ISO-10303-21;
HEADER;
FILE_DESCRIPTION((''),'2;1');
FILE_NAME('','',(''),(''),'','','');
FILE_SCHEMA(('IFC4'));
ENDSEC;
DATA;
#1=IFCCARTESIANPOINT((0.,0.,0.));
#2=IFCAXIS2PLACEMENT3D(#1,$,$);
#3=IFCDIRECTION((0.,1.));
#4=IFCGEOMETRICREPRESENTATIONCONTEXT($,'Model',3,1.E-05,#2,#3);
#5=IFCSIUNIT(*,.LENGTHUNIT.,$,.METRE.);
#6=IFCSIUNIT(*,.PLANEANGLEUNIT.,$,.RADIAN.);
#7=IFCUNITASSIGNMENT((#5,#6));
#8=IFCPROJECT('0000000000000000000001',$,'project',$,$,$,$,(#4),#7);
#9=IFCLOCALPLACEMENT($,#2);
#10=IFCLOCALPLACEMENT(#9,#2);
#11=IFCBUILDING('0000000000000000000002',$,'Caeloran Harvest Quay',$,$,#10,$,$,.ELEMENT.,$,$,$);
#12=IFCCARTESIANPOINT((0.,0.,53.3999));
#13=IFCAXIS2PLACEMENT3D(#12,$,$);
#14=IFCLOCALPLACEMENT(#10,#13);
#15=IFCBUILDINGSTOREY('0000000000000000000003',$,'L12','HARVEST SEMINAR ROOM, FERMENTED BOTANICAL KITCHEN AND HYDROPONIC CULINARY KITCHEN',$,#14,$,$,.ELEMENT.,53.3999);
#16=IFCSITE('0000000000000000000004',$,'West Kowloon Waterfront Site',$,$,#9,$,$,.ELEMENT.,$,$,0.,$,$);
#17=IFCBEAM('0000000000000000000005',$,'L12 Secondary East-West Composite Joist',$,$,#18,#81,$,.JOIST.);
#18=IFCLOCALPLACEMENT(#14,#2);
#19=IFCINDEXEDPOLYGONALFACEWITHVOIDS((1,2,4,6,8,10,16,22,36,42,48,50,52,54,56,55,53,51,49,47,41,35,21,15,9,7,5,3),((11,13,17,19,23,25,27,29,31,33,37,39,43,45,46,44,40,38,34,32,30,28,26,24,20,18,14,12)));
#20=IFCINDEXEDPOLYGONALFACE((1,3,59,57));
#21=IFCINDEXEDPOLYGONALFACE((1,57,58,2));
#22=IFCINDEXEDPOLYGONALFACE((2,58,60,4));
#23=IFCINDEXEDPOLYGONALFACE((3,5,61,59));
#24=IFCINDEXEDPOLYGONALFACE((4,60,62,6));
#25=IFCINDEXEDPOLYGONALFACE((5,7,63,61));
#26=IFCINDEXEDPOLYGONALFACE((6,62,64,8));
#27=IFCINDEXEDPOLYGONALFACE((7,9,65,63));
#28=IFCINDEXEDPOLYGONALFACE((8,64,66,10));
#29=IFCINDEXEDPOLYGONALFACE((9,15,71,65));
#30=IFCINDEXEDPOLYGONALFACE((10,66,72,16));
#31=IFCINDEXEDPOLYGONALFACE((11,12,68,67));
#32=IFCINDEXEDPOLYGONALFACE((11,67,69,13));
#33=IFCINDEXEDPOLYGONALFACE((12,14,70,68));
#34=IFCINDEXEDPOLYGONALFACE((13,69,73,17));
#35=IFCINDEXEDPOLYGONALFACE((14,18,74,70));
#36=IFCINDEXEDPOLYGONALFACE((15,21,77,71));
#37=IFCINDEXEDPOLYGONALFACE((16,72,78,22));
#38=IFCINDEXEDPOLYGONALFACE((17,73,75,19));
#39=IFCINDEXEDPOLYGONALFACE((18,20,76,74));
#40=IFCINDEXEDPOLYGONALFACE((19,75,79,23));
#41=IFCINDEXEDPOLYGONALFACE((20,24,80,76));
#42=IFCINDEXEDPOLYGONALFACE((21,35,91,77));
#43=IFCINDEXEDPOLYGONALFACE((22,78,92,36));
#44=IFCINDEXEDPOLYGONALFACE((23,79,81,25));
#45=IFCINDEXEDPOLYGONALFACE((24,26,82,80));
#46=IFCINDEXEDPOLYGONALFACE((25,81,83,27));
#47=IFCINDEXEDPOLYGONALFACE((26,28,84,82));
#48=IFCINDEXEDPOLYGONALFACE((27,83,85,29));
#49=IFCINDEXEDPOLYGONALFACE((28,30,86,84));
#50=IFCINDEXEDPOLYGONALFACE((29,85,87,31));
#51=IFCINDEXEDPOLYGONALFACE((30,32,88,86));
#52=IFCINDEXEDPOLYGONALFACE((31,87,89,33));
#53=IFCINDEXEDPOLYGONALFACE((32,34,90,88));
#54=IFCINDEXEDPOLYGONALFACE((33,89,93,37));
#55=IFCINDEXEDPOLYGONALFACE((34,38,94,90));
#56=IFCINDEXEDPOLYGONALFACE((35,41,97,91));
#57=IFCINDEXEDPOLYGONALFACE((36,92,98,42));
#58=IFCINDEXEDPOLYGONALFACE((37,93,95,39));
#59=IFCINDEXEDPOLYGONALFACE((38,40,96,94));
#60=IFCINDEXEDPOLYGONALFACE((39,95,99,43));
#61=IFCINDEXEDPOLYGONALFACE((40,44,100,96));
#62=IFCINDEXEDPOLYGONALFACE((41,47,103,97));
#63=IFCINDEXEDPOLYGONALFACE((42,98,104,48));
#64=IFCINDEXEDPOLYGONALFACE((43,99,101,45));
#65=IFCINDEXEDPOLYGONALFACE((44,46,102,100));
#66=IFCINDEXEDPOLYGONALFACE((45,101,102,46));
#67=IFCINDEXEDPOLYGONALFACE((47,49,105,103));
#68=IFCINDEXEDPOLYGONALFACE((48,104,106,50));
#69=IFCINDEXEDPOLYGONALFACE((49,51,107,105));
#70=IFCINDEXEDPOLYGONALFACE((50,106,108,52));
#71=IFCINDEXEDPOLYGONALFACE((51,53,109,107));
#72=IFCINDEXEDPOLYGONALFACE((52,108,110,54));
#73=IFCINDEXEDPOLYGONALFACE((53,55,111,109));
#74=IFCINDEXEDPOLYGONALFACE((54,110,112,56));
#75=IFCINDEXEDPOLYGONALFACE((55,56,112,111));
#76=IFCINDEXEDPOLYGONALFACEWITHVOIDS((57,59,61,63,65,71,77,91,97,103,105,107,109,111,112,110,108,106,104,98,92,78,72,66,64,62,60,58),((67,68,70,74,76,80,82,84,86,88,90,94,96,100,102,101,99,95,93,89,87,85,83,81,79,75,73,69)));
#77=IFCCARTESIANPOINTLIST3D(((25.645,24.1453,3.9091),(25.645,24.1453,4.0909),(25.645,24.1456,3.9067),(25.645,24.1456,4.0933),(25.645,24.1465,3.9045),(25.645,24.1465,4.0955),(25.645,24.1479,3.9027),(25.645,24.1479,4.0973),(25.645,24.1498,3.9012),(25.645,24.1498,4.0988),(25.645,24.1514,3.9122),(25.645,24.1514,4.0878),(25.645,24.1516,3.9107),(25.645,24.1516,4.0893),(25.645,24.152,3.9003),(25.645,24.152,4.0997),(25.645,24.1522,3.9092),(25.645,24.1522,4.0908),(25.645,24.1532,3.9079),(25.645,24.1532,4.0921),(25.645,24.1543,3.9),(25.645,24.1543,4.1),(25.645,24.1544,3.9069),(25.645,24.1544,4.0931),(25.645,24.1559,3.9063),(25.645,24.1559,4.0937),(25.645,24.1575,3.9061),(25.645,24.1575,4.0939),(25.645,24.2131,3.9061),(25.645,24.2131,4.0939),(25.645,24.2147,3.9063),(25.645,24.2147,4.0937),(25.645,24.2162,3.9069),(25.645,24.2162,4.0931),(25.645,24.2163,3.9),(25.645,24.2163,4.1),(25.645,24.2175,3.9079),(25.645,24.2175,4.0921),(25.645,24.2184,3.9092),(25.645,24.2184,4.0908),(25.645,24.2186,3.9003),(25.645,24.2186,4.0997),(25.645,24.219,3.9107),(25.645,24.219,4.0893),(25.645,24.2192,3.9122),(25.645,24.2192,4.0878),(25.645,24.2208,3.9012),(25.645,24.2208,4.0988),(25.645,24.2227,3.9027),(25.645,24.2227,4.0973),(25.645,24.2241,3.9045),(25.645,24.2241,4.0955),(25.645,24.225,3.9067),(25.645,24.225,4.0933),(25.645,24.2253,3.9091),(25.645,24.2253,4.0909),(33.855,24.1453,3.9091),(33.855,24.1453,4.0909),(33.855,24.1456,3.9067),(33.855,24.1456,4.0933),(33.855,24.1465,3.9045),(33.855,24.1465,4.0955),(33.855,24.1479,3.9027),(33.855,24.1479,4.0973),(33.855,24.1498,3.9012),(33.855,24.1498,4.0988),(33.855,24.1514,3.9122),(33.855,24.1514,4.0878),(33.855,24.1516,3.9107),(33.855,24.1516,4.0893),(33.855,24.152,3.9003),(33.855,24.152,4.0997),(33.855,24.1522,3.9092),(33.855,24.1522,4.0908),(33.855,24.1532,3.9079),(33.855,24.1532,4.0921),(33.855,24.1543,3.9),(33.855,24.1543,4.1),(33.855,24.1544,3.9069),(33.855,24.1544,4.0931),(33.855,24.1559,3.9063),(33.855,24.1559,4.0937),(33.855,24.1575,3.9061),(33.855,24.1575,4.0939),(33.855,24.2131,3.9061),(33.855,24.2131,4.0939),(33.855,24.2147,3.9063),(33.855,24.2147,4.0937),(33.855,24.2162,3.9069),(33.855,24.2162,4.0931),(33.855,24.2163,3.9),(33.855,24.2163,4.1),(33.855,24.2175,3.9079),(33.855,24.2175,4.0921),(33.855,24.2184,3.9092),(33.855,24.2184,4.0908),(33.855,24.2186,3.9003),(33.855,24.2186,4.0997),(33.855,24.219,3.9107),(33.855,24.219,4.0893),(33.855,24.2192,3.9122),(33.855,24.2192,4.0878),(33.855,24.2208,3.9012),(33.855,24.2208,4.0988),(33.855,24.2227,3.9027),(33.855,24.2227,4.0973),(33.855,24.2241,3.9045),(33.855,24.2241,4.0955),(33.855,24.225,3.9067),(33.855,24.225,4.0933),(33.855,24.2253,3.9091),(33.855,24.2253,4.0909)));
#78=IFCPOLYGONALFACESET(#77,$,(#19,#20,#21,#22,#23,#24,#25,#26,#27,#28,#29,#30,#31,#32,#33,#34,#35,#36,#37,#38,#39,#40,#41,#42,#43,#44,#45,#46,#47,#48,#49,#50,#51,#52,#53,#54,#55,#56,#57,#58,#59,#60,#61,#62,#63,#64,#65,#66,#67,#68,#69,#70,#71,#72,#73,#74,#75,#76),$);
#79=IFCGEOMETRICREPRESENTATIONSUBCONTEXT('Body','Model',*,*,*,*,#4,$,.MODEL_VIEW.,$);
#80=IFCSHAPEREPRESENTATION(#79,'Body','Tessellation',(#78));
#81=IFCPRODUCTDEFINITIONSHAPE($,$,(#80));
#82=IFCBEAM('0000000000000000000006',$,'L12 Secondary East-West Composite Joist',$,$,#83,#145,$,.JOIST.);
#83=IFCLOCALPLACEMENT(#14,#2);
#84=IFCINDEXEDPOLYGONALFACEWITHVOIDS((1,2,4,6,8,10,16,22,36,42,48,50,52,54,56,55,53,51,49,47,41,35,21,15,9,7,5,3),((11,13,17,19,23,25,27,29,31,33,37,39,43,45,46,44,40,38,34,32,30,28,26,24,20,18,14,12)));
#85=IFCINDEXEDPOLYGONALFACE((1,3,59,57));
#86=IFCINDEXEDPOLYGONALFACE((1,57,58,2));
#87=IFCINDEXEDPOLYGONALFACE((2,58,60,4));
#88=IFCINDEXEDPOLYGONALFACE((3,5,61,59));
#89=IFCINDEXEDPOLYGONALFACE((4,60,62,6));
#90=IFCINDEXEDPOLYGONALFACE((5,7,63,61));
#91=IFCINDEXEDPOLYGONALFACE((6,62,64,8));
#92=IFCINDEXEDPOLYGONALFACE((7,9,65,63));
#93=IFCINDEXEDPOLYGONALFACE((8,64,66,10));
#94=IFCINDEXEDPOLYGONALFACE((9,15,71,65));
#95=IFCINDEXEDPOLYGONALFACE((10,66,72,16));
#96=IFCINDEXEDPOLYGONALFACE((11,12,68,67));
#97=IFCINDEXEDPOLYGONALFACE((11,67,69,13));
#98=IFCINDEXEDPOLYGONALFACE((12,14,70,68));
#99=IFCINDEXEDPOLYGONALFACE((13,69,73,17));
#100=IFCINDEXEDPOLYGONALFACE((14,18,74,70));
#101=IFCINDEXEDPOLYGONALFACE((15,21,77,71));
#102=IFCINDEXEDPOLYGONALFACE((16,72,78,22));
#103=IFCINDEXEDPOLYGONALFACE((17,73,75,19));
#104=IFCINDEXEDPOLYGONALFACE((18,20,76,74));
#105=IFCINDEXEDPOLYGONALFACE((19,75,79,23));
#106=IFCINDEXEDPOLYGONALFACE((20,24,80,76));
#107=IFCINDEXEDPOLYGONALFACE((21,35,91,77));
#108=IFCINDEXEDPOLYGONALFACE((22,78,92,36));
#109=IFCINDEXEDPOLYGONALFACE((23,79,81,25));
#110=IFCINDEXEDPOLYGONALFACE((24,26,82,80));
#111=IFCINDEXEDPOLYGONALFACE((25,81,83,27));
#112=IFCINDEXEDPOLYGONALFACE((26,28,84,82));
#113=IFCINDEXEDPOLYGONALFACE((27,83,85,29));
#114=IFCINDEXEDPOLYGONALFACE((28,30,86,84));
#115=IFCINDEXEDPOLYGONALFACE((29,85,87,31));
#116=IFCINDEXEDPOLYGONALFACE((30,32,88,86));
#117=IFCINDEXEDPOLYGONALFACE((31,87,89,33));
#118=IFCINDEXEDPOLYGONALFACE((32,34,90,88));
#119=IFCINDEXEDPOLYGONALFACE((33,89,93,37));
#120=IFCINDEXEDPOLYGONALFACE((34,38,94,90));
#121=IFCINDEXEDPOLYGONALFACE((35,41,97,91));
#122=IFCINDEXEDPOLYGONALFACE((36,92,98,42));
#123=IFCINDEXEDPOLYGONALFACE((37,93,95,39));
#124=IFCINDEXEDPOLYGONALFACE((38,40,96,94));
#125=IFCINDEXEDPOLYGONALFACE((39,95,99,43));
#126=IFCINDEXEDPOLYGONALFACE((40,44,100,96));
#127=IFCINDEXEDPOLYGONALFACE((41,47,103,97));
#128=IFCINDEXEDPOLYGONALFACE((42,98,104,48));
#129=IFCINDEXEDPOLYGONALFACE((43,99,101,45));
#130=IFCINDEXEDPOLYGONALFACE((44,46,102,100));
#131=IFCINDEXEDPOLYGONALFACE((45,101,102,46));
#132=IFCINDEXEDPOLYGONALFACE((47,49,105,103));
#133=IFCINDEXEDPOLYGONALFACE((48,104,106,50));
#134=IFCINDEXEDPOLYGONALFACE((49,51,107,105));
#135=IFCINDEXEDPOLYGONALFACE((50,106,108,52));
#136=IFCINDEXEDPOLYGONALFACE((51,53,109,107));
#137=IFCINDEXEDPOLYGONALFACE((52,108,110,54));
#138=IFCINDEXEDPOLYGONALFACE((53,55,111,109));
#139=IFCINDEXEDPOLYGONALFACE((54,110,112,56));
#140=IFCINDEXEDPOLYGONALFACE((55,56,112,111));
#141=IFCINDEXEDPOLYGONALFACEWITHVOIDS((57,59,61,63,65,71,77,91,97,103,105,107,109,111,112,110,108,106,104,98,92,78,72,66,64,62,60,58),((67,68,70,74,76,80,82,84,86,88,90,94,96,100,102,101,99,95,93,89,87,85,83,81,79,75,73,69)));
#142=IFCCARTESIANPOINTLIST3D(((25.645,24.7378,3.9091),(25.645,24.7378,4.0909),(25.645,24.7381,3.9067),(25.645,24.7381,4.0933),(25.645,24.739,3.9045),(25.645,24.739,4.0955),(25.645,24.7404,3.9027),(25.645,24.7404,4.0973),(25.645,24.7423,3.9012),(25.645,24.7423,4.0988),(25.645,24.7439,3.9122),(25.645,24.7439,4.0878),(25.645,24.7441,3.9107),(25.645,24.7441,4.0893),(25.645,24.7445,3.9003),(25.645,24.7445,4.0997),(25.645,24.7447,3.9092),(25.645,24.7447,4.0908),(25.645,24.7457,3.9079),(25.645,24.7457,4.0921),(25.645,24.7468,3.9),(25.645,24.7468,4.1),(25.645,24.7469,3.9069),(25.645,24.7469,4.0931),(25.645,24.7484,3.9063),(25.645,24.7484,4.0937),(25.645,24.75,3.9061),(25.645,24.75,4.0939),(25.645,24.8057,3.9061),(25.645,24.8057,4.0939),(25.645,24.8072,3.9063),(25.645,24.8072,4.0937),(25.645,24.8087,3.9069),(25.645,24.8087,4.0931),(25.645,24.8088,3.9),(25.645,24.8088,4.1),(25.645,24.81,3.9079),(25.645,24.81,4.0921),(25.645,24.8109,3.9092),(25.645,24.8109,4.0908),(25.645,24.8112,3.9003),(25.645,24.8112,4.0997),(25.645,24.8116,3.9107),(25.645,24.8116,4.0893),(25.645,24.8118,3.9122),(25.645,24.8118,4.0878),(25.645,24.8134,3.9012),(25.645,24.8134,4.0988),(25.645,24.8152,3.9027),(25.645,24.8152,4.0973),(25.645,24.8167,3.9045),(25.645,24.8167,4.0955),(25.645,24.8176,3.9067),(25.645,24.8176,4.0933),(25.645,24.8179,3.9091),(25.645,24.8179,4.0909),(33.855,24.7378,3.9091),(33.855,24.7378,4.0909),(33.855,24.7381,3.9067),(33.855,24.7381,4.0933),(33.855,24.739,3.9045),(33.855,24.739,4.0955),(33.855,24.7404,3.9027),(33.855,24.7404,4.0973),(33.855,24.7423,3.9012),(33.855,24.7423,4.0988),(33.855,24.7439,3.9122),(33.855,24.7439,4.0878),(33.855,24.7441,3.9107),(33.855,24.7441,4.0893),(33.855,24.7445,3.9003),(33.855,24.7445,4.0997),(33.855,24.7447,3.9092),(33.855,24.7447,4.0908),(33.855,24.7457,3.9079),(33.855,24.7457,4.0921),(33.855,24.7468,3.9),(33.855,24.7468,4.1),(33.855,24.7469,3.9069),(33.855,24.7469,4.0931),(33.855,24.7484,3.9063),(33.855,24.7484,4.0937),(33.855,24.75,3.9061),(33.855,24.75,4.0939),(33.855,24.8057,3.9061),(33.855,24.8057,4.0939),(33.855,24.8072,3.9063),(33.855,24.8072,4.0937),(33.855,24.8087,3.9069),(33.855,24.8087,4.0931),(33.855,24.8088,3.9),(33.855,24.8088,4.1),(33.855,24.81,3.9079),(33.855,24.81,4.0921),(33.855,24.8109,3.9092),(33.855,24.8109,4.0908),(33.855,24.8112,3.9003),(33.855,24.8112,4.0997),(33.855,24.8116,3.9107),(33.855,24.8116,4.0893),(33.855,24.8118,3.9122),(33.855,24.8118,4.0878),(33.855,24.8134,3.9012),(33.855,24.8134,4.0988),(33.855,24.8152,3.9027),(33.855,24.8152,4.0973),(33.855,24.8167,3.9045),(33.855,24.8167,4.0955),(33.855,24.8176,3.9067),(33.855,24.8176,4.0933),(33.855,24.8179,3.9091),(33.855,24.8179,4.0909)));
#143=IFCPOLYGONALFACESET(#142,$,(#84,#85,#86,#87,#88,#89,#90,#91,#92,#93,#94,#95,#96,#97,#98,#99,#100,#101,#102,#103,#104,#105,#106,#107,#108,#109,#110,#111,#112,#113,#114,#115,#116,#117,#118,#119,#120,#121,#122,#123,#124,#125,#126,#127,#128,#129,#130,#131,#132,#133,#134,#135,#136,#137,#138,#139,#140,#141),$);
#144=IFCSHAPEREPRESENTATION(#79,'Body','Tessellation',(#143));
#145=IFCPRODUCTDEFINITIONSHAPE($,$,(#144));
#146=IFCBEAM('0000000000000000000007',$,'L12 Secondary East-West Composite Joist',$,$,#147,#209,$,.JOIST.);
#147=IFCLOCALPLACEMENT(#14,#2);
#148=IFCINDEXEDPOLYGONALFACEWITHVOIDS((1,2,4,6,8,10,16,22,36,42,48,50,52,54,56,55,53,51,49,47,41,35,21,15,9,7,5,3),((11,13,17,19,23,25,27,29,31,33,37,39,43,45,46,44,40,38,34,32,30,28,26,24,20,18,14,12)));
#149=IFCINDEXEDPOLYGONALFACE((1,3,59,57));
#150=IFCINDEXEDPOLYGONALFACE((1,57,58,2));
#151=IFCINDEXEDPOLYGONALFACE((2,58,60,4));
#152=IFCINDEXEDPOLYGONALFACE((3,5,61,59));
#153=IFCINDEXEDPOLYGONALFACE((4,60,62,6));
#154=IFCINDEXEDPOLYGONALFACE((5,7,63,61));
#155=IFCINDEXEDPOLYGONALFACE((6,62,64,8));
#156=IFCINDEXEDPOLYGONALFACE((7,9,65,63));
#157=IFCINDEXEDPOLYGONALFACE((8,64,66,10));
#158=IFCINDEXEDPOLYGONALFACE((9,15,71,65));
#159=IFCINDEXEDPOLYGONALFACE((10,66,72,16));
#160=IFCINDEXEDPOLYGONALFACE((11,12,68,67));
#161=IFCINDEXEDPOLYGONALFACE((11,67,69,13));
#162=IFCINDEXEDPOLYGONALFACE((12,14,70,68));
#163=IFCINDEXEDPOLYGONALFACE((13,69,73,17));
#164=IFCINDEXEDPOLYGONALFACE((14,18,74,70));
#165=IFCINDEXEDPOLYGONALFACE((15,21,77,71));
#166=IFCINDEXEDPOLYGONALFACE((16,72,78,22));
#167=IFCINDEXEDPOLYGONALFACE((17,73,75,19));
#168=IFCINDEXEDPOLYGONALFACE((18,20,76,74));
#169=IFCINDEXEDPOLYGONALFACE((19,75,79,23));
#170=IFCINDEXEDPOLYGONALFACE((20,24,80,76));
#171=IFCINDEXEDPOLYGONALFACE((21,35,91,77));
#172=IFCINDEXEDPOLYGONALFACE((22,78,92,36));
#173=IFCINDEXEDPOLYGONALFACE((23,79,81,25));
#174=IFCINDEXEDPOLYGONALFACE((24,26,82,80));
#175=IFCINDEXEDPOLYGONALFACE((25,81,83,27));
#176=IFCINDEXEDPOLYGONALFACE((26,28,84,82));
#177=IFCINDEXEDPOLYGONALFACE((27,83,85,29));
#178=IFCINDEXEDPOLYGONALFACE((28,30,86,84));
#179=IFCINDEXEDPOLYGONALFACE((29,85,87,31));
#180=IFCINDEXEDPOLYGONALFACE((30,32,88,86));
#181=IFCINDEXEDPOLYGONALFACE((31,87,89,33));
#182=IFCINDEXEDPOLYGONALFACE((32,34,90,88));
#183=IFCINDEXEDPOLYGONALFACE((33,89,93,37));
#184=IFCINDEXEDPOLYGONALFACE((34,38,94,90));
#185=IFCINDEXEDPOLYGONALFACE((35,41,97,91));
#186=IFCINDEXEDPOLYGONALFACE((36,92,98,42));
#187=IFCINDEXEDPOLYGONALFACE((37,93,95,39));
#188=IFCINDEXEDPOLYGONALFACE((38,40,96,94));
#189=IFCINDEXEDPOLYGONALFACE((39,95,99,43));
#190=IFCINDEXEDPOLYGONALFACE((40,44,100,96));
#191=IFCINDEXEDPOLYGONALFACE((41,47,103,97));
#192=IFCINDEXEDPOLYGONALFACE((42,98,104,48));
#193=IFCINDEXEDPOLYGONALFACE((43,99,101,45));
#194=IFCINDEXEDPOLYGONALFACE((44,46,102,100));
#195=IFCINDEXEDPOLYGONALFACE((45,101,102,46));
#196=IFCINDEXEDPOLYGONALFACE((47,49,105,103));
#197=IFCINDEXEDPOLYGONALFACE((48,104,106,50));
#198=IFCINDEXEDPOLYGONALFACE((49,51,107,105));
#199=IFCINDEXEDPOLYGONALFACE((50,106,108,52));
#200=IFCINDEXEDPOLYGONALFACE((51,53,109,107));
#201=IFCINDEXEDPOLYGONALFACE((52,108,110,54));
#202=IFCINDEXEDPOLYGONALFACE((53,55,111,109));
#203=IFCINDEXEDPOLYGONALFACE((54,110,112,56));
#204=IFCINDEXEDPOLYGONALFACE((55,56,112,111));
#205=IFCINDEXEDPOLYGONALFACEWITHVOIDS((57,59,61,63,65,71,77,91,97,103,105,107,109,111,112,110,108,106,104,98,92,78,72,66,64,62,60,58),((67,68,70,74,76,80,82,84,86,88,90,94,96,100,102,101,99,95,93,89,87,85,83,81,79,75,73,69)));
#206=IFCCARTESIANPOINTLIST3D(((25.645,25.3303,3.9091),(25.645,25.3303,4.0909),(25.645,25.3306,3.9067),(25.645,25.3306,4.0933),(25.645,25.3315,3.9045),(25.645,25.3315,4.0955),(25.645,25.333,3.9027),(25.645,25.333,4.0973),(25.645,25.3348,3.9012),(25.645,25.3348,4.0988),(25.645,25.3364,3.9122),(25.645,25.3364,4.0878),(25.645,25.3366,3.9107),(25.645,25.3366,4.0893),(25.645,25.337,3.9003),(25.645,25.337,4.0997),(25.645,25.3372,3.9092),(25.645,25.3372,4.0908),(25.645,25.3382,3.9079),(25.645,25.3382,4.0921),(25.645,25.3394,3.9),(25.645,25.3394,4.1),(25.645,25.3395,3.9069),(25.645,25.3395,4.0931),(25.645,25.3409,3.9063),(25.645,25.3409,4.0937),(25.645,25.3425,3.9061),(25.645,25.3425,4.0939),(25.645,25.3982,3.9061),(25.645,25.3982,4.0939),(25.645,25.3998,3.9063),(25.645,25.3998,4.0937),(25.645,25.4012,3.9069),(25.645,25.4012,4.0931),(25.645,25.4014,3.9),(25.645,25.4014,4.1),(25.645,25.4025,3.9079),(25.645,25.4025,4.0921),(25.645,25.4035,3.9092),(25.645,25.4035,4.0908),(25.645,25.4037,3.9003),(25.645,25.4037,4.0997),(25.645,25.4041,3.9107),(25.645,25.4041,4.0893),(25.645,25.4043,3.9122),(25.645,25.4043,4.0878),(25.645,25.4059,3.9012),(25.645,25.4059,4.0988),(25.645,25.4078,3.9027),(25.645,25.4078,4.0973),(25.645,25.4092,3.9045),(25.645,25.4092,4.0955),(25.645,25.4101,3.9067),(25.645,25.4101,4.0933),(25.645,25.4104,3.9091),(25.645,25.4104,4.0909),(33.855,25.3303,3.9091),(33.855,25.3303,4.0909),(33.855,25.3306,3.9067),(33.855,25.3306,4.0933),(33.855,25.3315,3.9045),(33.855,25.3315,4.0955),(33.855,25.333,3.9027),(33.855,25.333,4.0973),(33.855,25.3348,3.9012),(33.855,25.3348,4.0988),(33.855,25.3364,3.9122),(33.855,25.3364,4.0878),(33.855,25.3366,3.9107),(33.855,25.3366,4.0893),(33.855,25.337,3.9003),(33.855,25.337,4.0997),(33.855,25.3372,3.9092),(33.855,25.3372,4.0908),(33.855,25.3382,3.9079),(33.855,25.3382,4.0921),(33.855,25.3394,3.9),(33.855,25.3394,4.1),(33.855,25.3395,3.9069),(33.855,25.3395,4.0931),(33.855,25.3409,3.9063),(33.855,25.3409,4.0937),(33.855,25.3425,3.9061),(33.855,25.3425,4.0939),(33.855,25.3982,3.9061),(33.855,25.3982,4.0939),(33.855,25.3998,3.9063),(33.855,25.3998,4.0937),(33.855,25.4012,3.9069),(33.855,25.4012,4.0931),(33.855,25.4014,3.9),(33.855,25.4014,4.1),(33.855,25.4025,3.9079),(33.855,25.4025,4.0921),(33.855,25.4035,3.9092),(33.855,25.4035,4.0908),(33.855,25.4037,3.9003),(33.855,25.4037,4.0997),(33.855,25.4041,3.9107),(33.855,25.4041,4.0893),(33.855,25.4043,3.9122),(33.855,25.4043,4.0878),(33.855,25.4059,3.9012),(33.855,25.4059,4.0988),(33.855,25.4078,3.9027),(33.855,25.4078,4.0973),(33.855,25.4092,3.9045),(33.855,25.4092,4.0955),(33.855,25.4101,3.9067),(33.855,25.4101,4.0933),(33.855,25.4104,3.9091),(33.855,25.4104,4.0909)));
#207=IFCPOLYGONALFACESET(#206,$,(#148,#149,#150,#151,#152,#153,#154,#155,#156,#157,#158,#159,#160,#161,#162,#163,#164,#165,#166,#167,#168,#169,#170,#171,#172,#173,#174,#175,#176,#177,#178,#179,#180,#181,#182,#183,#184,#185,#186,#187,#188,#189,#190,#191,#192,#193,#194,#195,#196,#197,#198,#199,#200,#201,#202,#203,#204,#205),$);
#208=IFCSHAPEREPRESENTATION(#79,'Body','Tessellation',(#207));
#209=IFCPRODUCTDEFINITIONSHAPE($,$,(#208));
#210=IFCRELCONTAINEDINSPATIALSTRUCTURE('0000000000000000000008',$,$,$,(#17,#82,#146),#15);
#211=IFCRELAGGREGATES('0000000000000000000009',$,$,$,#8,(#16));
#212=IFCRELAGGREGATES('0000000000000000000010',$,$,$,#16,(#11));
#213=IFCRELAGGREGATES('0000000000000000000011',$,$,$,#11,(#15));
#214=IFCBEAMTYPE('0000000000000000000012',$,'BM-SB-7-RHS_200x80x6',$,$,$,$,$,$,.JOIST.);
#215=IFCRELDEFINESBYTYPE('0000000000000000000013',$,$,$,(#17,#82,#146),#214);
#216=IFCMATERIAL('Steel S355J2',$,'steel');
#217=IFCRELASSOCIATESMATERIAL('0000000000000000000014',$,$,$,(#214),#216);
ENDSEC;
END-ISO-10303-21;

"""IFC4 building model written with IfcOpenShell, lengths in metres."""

from ifc_helpers import new_model, si_unit, direction, frame, origin, origin_2d, place, context, subcontext, project, spatial, hollow_rectangle, extrude, material, material_profile, profile_set, type_object, element, save


model = new_model("IFC4")

# Units and contexts
model_context = context("Model", 3, precision=1e-05, world=origin(), true_north=direction((0.0, 1.0)))
body_context = subcontext(model_context, "Body", "Model", "MODEL_VIEW")
ifc_project = project(units=[si_unit("LENGTHUNIT", "METRE"), si_unit("PLANEANGLEUNIT", "RADIAN")], contexts=[model_context])

# Site, building, storey
site_placement = place(None, origin())
site = spatial("IfcSite", under=ifc_project, at=site_placement, Name="West Kowloon Waterfront Site", CompositionType="ELEMENT", RefElevation=0.0)
building_placement = place(site_placement, origin())
building = spatial("IfcBuilding", under=site, at=building_placement, Name="Caeloran Harvest Quay", CompositionType="ELEMENT")
storey_placement = place(building_placement, frame((0.0, 0.0, 53.3999)))
storey = spatial("IfcBuildingStorey", under=building, at=storey_placement, Name="L12", Description="HARVEST SEMINAR ROOM, FERMENTED BOTANICAL KITCHEN AND HYDROPONIC CULINARY KITCHEN", CompositionType="ELEMENT", Elevation=53.3999)

# Beams
ifc_material_1 = material(Name="Steel S355J2", Category="steel")
ifc_material_profile_1 = material_profile(ifc_material_1, hollow_rectangle(XDim=0.0801, YDim=0.2, WallThickness=0.0061, InnerFilletRadius=0.0061, OuterFilletRadius=0.009, at=origin_2d()), Name="RHS 200x80x6")
ifc_profile_set_1 = profile_set([ifc_material_profile_1], Name="Steel S355J2")
beam_type_1 = type_object("IfcBeamType", Name="BM-SB-7-RHS_200x80x6", PredefinedType="JOIST", material=ifc_profile_set_1)
for number, where, z_axis, x_axis, name in (
    (1, (25.645, 24.1853, 4.0), (1.0, 0.0, 0.0), (0.0, 1.0, 0.0), "L12 Secondary East-West Composite Joist"),
    (2, (25.645, 24.7778, 4.0), (1.0, 0.0, 0.0), (0.0, 1.0, 0.0), "L12 Secondary East-West Composite Joist"),
    (3, (25.645, 25.3704, 4.0), (1.0, 0.0, 0.0), (0.0, 1.0, 0.0), "L12 Secondary East-West Composite Joist"),
):
    element("IfcBeam", number, at=place(storey_placement, frame(where, z_axis=z_axis, x_axis=x_axis)), inside=storey, type_object=beam_type_1, Name=name, PredefinedType="JOIST", context=body_context, shape_type="SweptSolid", body=[
        extrude(hollow_rectangle(XDim=0.0801, YDim=0.2, WallThickness=0.0061, InnerFilletRadius=0.0061, OuterFilletRadius=0.009, at=origin_2d()), origin(), (0.0, 0.0, 1.0), 8.21),
    ])

save(model, "model.ifc")
